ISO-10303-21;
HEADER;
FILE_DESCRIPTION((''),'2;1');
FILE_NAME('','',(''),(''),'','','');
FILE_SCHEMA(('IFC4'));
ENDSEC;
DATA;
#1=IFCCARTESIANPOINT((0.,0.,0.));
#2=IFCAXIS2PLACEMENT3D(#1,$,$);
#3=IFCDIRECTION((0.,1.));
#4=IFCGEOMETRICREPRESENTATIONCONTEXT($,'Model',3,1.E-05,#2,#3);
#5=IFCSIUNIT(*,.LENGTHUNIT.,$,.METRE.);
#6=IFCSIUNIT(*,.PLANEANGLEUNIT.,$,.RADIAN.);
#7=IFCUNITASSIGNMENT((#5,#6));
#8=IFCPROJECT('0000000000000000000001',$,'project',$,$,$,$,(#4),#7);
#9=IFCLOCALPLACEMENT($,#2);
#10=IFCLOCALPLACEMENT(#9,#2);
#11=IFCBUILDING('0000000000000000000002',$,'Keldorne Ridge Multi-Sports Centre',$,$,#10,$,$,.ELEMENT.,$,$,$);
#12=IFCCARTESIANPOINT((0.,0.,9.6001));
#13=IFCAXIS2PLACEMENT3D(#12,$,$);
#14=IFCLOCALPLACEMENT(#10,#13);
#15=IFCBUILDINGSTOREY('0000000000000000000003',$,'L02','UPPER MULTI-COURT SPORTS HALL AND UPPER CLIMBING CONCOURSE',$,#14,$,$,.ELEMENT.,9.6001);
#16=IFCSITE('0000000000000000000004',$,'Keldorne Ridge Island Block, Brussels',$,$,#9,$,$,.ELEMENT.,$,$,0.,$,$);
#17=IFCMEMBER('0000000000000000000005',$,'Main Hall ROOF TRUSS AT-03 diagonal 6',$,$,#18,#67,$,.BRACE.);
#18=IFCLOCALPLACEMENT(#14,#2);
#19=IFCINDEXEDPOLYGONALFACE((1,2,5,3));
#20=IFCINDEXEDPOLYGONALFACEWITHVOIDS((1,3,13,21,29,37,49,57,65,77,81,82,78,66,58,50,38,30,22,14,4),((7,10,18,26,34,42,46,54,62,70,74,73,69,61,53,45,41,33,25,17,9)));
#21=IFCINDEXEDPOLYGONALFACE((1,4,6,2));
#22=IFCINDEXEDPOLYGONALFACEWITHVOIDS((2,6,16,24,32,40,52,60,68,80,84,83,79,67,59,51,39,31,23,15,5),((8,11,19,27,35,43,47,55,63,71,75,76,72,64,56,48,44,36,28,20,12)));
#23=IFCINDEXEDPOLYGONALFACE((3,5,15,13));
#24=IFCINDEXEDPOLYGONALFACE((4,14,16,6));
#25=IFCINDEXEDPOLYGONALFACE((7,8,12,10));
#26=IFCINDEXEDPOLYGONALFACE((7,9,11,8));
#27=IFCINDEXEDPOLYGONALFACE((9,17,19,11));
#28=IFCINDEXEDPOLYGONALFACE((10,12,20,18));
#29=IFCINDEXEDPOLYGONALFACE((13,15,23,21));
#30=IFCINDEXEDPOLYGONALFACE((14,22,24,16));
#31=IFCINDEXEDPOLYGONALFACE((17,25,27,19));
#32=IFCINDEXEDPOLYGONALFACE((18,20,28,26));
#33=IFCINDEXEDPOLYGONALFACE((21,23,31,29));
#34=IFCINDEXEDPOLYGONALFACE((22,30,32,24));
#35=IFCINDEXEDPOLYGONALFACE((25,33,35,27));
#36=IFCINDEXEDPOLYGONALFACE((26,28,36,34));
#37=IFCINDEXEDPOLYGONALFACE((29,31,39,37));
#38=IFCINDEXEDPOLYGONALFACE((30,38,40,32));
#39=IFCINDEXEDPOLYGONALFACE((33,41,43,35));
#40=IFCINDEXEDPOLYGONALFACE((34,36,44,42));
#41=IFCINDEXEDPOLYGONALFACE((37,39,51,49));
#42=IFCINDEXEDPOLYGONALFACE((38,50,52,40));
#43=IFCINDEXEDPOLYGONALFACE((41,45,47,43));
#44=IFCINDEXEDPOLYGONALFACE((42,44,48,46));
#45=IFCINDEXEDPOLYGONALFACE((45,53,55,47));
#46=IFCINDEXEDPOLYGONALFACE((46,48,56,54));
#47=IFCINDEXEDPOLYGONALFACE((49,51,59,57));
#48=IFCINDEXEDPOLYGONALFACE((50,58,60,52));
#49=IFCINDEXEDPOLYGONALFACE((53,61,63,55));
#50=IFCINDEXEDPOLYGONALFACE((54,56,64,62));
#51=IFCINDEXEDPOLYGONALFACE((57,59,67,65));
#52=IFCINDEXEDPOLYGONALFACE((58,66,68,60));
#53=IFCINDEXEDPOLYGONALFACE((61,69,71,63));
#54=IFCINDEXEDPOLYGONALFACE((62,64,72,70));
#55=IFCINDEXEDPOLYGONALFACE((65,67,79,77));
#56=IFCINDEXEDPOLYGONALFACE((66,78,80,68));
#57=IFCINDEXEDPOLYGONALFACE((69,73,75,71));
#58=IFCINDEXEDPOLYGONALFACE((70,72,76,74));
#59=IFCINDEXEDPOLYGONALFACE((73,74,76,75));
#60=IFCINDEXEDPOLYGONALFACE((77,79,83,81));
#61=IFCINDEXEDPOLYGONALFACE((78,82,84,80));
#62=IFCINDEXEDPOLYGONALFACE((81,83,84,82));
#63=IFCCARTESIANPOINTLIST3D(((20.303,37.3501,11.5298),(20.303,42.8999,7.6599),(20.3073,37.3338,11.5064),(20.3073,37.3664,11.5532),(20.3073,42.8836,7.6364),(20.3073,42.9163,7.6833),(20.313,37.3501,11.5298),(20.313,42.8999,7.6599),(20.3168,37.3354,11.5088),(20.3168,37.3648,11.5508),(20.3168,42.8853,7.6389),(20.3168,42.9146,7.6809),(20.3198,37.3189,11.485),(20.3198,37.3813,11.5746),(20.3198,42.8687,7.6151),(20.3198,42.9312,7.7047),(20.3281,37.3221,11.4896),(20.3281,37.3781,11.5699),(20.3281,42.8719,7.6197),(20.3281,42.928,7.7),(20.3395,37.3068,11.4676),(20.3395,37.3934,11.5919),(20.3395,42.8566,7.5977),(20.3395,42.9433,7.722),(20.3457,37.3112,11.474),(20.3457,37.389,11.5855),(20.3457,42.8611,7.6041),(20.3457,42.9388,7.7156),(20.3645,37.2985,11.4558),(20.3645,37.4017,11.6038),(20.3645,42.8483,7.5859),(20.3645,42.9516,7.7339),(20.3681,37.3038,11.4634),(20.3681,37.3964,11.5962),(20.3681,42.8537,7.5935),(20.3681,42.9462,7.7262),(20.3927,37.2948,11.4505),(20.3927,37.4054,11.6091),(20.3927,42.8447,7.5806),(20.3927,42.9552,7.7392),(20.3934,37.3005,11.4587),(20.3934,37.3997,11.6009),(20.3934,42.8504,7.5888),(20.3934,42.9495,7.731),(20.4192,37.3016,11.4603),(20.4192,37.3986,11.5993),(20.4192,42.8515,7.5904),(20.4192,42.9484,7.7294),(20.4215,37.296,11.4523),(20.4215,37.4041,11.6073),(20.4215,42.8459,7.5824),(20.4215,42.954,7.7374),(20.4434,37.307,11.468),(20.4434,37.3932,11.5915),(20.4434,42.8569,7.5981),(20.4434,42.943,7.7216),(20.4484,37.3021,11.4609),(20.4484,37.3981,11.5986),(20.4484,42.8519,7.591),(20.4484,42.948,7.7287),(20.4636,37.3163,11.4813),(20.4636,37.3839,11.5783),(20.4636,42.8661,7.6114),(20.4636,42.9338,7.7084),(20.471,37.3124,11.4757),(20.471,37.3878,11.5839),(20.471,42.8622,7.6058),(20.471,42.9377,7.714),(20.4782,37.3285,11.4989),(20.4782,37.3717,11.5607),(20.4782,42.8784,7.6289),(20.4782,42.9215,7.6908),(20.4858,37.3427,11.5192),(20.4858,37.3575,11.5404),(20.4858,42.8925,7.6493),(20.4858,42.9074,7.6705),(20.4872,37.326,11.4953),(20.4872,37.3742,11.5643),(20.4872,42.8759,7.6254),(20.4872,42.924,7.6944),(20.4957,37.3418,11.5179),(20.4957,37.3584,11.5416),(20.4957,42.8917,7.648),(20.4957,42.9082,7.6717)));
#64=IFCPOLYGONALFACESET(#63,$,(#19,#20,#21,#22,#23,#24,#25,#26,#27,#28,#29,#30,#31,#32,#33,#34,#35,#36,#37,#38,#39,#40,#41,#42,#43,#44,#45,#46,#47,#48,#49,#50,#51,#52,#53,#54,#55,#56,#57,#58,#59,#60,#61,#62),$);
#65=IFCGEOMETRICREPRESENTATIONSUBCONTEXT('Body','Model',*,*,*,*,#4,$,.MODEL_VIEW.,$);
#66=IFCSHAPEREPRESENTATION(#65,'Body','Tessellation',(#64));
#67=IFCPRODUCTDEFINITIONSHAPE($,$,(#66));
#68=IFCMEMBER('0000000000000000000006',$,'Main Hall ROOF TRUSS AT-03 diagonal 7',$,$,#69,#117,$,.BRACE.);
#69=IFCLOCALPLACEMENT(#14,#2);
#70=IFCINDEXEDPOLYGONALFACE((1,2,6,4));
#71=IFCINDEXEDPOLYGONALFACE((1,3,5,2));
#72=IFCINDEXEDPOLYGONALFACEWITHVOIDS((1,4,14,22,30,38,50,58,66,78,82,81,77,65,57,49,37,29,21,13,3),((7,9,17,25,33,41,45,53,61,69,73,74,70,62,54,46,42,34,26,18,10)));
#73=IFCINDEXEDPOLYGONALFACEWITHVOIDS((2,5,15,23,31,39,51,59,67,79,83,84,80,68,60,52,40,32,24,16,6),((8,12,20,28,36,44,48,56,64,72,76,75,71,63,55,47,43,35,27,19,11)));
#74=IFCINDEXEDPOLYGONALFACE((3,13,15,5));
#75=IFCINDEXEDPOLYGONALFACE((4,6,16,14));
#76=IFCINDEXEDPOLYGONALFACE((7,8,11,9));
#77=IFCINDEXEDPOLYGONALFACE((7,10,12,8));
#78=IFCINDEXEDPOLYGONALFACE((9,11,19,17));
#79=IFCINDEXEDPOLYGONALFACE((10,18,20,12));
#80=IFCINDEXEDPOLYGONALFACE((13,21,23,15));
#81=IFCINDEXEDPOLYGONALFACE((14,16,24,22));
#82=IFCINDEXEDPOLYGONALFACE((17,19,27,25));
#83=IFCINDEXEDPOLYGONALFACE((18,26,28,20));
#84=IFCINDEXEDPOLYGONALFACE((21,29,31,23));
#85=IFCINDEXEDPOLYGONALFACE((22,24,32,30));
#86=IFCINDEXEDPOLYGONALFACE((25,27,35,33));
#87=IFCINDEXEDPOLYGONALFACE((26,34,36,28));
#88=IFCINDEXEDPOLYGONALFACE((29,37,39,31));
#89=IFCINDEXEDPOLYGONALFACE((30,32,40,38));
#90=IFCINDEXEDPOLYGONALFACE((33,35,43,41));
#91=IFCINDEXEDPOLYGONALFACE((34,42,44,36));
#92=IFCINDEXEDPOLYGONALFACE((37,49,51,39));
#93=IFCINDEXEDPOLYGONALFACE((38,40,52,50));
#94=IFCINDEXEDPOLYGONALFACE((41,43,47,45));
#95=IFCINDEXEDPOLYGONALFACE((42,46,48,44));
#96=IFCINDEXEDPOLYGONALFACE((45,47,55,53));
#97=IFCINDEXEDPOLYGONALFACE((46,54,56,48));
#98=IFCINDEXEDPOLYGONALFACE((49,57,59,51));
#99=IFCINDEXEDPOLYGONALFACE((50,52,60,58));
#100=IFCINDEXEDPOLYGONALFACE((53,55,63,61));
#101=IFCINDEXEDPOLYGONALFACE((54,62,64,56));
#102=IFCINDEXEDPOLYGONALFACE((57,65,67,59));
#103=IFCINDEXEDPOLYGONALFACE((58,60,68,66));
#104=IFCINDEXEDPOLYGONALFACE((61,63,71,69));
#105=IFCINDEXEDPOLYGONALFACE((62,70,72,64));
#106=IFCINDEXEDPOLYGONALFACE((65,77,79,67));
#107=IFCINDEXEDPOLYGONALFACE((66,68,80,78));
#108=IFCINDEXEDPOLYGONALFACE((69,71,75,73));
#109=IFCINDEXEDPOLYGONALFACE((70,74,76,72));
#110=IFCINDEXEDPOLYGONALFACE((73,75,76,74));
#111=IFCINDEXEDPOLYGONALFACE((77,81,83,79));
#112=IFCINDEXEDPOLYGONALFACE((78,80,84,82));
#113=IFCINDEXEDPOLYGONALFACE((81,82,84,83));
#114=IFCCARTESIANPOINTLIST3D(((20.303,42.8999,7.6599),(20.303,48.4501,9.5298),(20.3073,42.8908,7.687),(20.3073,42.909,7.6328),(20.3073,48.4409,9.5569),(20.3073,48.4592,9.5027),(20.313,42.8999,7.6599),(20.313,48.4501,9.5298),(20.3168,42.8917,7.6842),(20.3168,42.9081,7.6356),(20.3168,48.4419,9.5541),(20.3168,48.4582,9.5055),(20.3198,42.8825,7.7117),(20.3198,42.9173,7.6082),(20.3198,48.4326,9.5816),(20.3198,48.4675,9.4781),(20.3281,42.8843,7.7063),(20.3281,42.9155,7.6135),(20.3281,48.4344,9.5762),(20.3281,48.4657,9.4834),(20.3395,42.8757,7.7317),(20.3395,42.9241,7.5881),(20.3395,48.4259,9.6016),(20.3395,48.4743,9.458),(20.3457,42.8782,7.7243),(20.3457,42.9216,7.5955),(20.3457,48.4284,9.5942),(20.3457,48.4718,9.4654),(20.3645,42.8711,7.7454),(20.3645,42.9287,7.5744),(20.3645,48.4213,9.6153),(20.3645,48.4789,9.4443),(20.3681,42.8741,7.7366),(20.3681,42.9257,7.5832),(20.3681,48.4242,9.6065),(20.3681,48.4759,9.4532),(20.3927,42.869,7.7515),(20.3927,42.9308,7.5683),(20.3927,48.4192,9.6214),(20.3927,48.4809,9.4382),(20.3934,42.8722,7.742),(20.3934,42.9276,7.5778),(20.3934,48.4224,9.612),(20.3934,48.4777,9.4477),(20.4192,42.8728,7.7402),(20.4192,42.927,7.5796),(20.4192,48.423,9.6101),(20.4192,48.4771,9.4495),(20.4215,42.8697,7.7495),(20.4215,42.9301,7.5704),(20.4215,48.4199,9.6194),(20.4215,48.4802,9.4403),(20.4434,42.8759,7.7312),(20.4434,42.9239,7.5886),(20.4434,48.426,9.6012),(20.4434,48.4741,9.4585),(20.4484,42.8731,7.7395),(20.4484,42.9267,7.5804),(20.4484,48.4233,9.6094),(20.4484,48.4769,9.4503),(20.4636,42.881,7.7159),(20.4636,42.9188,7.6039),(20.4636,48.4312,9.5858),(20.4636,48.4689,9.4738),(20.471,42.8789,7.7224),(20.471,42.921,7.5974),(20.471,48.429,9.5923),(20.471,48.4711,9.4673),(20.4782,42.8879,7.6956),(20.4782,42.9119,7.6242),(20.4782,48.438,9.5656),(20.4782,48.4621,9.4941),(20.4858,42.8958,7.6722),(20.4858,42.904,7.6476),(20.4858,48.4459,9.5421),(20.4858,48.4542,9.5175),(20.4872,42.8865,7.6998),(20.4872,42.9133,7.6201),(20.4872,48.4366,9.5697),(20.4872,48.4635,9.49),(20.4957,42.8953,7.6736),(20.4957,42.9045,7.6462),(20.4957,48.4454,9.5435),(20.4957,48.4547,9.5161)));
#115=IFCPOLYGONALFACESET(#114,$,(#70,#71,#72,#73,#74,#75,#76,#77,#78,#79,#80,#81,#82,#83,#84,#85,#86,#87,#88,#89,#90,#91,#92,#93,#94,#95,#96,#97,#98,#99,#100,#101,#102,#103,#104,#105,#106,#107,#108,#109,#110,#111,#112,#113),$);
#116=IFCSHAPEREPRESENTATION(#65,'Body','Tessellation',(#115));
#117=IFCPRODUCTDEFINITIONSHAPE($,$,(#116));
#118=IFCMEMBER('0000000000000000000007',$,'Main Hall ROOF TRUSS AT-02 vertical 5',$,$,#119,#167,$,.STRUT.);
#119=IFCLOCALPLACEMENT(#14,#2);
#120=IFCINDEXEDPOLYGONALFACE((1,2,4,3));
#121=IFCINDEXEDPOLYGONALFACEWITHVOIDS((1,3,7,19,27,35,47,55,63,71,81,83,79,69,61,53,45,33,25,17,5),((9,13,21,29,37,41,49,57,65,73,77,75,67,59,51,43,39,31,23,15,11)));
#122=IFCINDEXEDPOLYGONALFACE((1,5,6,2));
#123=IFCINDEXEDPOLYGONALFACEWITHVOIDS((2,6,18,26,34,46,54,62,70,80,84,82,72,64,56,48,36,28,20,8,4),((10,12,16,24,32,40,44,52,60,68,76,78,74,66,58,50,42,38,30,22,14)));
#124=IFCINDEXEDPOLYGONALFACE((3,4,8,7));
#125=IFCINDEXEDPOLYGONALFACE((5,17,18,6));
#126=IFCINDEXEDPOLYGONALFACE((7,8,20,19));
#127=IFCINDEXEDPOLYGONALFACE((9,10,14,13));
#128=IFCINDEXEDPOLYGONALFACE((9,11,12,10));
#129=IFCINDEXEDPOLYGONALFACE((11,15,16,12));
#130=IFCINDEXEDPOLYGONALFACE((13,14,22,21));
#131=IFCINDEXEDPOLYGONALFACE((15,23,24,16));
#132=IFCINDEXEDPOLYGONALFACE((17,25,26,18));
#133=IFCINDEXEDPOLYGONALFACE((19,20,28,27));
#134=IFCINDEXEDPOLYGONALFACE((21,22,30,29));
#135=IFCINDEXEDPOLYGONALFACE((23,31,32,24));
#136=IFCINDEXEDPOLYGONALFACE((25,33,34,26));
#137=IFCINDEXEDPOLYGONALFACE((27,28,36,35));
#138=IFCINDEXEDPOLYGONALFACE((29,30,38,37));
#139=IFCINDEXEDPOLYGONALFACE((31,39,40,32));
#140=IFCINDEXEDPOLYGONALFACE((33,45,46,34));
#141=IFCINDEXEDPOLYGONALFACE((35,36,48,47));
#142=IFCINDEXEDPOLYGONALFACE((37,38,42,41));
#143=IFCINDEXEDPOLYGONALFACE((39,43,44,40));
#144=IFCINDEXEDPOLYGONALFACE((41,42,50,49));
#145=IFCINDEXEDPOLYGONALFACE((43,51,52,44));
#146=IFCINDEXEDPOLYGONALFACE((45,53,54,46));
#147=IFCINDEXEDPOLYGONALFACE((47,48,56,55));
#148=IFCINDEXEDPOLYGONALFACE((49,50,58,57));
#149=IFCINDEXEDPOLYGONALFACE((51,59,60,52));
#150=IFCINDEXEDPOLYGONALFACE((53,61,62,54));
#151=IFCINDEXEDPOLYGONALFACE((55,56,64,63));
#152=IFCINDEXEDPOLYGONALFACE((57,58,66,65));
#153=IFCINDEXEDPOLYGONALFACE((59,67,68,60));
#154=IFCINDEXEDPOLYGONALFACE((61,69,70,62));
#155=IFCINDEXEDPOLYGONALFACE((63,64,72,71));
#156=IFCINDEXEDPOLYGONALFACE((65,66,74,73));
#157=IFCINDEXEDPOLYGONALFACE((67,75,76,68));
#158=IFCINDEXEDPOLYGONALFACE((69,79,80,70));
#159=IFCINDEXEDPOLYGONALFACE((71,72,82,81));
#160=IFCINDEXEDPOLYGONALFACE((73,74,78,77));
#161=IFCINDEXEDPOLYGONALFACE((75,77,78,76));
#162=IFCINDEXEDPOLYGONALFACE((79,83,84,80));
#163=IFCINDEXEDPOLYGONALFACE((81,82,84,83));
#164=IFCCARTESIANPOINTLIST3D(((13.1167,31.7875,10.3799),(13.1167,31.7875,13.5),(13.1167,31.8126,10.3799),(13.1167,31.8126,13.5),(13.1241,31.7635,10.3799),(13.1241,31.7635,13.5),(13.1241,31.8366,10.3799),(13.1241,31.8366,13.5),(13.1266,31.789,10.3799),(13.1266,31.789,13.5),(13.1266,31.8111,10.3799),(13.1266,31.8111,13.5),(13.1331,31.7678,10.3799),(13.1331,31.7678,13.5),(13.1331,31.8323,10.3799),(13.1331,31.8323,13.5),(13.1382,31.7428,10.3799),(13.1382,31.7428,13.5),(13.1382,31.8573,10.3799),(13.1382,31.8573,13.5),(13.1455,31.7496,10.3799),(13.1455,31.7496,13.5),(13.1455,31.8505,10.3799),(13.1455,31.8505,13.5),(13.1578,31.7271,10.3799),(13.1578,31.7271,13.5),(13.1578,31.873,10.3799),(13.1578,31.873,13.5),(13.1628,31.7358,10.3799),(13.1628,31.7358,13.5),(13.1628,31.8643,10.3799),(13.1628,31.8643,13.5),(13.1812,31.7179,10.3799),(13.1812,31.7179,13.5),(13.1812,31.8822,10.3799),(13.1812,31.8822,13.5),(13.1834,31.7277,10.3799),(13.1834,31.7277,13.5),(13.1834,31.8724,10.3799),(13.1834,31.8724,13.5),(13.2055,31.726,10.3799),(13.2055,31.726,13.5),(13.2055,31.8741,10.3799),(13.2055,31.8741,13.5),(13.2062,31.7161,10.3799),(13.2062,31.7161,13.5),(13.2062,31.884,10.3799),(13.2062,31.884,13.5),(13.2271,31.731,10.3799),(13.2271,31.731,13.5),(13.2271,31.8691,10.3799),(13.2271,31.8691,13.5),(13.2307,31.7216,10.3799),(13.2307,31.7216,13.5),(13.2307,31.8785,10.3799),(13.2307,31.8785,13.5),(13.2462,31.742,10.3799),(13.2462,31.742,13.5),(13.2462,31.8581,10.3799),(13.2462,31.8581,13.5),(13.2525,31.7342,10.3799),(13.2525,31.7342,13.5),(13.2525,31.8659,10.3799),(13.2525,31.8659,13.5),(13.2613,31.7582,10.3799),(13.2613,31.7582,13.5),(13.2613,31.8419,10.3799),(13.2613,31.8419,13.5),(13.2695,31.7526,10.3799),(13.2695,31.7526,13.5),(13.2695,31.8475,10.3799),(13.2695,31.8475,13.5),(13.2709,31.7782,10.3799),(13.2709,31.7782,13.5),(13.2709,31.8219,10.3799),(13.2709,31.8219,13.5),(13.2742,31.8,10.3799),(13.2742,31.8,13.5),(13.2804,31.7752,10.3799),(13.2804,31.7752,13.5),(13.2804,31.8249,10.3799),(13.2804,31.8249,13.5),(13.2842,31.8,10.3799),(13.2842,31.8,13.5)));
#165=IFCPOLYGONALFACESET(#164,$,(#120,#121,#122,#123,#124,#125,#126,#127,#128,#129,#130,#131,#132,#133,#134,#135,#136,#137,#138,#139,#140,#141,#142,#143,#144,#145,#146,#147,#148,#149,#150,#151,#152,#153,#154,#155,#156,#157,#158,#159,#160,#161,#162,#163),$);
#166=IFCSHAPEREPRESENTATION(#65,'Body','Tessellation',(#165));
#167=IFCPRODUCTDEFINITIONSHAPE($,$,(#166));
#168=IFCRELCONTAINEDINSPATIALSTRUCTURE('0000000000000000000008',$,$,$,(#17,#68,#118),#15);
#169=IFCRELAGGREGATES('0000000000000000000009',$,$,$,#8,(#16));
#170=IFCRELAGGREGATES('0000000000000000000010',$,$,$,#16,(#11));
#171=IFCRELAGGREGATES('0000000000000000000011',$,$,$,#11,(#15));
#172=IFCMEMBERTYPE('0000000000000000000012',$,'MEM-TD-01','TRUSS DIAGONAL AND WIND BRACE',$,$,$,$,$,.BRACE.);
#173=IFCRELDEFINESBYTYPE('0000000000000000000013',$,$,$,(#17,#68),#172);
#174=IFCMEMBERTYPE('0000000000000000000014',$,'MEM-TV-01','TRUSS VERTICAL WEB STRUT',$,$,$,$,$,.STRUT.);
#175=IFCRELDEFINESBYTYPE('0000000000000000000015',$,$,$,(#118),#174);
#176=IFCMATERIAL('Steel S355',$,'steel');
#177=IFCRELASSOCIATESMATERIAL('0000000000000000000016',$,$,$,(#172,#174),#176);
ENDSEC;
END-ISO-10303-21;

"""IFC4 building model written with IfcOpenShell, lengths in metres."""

from ifc_helpers import new_model, si_unit, direction, frame, origin, origin_2d, place, context, subcontext, project, spatial, hollow_circle, extrude, material, material_profile, profile_set, type_object, element, save


model = new_model("IFC4")

# Units and contexts
model_context = context("Model", 3, precision=1e-05, world=origin(), true_north=direction((0.0, 1.0)))
body_context = subcontext(model_context, "Body", "Model", "MODEL_VIEW")
ifc_project = project(units=[si_unit("LENGTHUNIT", "METRE"), si_unit("PLANEANGLEUNIT", "RADIAN")], contexts=[model_context])

# Site, building, storey
site_placement = place(None, origin())
site = spatial("IfcSite", under=ifc_project, at=site_placement, Name="Keldorne Ridge Island Block, Brussels", CompositionType="ELEMENT", RefElevation=0.0)
building_placement = place(site_placement, origin())
building = spatial("IfcBuilding", under=site, at=building_placement, Name="Keldorne Ridge Multi-Sports Centre", CompositionType="ELEMENT")
storey_placement = place(building_placement, frame((0.0, 0.0, 9.6001)))
storey = spatial("IfcBuildingStorey", under=building, at=storey_placement, Name="L02", Description="UPPER MULTI-COURT SPORTS HALL AND UPPER CLIMBING CONCOURSE", CompositionType="ELEMENT", Elevation=9.6001)

# Members
ifc_material = material(Name="Steel S355", Category="steel")
ifc_material_profile_1 = material_profile(ifc_material, hollow_circle(Radius=0.0969, WallThickness=0.01, at=origin_2d()), Name="CHS 193.7x10")
ifc_profile_set_1 = profile_set([ifc_material_profile_1], Name="Steel S355")
member_type_1 = type_object("IfcMemberType", Name="MEM-TD-01", Description="TRUSS DIAGONAL AND WIND BRACE", PredefinedType="BRACE", material=ifc_profile_set_1)
member_1_placement = place(storey_placement, frame((20.3999, 37.3501, 11.5298), z_axis=(0.0, 0.820271, -0.571974), x_axis=(-1.0, 0.0, 0.0)))
element("IfcMember", 1, at=member_1_placement, inside=storey, type_object=member_type_1, Name="Main Hall ROOF TRUSS AT-03 diagonal 6", PredefinedType="BRACE", context=body_context, shape_type="SweptSolid", body=[
    extrude(hollow_circle(Radius=0.0969, WallThickness=0.01, at=origin_2d()), origin(), (0.0, 0.0, 1.0), 6.7659),
])
member_2_placement = place(storey_placement, frame((20.3999, 42.8999, 7.6599), z_axis=(0.0, 0.947661, 0.319278), x_axis=(-1.0, 0.0, 0.0)))
element("IfcMember", 2, at=member_2_placement, inside=storey, type_object=member_type_1, Name="Main Hall ROOF TRUSS AT-03 diagonal 7", PredefinedType="BRACE", context=body_context, shape_type="SweptSolid", body=[
    extrude(hollow_circle(Radius=0.0969, WallThickness=0.01, at=origin_2d()), origin(), (0.0, 0.0, 1.0), 5.8567),
])
ifc_material_profile_2 = material_profile(ifc_material, hollow_circle(Radius=0.0842, WallThickness=0.01, at=origin_2d()), Name="CHS 168.3x10")
ifc_profile_set_2 = profile_set([ifc_material_profile_2], Name="Steel S355")
member_type_2 = type_object("IfcMemberType", Name="MEM-TV-01", Description="TRUSS VERTICAL WEB STRUT", PredefinedType="STRUT", material=ifc_profile_set_2)
for number, where, z_axis, x_axis, name in (
    (3, (13.2, 31.8, 10.3799), (0.0, 0.0, 1.0), (1.0, 0.0, 0.0), "Main Hall ROOF TRUSS AT-02 vertical 5"),
):
    element("IfcMember", number, at=place(storey_placement, frame(where, z_axis=z_axis, x_axis=x_axis)), inside=storey, type_object=member_type_2, Name=name, PredefinedType="STRUT", context=body_context, shape_type="SweptSolid", body=[
        extrude(hollow_circle(Radius=0.0842, WallThickness=0.01, at=origin_2d()), origin(), (0.0, 0.0, 1.0), 3.1201),
    ])

save(model, "model.ifc")
